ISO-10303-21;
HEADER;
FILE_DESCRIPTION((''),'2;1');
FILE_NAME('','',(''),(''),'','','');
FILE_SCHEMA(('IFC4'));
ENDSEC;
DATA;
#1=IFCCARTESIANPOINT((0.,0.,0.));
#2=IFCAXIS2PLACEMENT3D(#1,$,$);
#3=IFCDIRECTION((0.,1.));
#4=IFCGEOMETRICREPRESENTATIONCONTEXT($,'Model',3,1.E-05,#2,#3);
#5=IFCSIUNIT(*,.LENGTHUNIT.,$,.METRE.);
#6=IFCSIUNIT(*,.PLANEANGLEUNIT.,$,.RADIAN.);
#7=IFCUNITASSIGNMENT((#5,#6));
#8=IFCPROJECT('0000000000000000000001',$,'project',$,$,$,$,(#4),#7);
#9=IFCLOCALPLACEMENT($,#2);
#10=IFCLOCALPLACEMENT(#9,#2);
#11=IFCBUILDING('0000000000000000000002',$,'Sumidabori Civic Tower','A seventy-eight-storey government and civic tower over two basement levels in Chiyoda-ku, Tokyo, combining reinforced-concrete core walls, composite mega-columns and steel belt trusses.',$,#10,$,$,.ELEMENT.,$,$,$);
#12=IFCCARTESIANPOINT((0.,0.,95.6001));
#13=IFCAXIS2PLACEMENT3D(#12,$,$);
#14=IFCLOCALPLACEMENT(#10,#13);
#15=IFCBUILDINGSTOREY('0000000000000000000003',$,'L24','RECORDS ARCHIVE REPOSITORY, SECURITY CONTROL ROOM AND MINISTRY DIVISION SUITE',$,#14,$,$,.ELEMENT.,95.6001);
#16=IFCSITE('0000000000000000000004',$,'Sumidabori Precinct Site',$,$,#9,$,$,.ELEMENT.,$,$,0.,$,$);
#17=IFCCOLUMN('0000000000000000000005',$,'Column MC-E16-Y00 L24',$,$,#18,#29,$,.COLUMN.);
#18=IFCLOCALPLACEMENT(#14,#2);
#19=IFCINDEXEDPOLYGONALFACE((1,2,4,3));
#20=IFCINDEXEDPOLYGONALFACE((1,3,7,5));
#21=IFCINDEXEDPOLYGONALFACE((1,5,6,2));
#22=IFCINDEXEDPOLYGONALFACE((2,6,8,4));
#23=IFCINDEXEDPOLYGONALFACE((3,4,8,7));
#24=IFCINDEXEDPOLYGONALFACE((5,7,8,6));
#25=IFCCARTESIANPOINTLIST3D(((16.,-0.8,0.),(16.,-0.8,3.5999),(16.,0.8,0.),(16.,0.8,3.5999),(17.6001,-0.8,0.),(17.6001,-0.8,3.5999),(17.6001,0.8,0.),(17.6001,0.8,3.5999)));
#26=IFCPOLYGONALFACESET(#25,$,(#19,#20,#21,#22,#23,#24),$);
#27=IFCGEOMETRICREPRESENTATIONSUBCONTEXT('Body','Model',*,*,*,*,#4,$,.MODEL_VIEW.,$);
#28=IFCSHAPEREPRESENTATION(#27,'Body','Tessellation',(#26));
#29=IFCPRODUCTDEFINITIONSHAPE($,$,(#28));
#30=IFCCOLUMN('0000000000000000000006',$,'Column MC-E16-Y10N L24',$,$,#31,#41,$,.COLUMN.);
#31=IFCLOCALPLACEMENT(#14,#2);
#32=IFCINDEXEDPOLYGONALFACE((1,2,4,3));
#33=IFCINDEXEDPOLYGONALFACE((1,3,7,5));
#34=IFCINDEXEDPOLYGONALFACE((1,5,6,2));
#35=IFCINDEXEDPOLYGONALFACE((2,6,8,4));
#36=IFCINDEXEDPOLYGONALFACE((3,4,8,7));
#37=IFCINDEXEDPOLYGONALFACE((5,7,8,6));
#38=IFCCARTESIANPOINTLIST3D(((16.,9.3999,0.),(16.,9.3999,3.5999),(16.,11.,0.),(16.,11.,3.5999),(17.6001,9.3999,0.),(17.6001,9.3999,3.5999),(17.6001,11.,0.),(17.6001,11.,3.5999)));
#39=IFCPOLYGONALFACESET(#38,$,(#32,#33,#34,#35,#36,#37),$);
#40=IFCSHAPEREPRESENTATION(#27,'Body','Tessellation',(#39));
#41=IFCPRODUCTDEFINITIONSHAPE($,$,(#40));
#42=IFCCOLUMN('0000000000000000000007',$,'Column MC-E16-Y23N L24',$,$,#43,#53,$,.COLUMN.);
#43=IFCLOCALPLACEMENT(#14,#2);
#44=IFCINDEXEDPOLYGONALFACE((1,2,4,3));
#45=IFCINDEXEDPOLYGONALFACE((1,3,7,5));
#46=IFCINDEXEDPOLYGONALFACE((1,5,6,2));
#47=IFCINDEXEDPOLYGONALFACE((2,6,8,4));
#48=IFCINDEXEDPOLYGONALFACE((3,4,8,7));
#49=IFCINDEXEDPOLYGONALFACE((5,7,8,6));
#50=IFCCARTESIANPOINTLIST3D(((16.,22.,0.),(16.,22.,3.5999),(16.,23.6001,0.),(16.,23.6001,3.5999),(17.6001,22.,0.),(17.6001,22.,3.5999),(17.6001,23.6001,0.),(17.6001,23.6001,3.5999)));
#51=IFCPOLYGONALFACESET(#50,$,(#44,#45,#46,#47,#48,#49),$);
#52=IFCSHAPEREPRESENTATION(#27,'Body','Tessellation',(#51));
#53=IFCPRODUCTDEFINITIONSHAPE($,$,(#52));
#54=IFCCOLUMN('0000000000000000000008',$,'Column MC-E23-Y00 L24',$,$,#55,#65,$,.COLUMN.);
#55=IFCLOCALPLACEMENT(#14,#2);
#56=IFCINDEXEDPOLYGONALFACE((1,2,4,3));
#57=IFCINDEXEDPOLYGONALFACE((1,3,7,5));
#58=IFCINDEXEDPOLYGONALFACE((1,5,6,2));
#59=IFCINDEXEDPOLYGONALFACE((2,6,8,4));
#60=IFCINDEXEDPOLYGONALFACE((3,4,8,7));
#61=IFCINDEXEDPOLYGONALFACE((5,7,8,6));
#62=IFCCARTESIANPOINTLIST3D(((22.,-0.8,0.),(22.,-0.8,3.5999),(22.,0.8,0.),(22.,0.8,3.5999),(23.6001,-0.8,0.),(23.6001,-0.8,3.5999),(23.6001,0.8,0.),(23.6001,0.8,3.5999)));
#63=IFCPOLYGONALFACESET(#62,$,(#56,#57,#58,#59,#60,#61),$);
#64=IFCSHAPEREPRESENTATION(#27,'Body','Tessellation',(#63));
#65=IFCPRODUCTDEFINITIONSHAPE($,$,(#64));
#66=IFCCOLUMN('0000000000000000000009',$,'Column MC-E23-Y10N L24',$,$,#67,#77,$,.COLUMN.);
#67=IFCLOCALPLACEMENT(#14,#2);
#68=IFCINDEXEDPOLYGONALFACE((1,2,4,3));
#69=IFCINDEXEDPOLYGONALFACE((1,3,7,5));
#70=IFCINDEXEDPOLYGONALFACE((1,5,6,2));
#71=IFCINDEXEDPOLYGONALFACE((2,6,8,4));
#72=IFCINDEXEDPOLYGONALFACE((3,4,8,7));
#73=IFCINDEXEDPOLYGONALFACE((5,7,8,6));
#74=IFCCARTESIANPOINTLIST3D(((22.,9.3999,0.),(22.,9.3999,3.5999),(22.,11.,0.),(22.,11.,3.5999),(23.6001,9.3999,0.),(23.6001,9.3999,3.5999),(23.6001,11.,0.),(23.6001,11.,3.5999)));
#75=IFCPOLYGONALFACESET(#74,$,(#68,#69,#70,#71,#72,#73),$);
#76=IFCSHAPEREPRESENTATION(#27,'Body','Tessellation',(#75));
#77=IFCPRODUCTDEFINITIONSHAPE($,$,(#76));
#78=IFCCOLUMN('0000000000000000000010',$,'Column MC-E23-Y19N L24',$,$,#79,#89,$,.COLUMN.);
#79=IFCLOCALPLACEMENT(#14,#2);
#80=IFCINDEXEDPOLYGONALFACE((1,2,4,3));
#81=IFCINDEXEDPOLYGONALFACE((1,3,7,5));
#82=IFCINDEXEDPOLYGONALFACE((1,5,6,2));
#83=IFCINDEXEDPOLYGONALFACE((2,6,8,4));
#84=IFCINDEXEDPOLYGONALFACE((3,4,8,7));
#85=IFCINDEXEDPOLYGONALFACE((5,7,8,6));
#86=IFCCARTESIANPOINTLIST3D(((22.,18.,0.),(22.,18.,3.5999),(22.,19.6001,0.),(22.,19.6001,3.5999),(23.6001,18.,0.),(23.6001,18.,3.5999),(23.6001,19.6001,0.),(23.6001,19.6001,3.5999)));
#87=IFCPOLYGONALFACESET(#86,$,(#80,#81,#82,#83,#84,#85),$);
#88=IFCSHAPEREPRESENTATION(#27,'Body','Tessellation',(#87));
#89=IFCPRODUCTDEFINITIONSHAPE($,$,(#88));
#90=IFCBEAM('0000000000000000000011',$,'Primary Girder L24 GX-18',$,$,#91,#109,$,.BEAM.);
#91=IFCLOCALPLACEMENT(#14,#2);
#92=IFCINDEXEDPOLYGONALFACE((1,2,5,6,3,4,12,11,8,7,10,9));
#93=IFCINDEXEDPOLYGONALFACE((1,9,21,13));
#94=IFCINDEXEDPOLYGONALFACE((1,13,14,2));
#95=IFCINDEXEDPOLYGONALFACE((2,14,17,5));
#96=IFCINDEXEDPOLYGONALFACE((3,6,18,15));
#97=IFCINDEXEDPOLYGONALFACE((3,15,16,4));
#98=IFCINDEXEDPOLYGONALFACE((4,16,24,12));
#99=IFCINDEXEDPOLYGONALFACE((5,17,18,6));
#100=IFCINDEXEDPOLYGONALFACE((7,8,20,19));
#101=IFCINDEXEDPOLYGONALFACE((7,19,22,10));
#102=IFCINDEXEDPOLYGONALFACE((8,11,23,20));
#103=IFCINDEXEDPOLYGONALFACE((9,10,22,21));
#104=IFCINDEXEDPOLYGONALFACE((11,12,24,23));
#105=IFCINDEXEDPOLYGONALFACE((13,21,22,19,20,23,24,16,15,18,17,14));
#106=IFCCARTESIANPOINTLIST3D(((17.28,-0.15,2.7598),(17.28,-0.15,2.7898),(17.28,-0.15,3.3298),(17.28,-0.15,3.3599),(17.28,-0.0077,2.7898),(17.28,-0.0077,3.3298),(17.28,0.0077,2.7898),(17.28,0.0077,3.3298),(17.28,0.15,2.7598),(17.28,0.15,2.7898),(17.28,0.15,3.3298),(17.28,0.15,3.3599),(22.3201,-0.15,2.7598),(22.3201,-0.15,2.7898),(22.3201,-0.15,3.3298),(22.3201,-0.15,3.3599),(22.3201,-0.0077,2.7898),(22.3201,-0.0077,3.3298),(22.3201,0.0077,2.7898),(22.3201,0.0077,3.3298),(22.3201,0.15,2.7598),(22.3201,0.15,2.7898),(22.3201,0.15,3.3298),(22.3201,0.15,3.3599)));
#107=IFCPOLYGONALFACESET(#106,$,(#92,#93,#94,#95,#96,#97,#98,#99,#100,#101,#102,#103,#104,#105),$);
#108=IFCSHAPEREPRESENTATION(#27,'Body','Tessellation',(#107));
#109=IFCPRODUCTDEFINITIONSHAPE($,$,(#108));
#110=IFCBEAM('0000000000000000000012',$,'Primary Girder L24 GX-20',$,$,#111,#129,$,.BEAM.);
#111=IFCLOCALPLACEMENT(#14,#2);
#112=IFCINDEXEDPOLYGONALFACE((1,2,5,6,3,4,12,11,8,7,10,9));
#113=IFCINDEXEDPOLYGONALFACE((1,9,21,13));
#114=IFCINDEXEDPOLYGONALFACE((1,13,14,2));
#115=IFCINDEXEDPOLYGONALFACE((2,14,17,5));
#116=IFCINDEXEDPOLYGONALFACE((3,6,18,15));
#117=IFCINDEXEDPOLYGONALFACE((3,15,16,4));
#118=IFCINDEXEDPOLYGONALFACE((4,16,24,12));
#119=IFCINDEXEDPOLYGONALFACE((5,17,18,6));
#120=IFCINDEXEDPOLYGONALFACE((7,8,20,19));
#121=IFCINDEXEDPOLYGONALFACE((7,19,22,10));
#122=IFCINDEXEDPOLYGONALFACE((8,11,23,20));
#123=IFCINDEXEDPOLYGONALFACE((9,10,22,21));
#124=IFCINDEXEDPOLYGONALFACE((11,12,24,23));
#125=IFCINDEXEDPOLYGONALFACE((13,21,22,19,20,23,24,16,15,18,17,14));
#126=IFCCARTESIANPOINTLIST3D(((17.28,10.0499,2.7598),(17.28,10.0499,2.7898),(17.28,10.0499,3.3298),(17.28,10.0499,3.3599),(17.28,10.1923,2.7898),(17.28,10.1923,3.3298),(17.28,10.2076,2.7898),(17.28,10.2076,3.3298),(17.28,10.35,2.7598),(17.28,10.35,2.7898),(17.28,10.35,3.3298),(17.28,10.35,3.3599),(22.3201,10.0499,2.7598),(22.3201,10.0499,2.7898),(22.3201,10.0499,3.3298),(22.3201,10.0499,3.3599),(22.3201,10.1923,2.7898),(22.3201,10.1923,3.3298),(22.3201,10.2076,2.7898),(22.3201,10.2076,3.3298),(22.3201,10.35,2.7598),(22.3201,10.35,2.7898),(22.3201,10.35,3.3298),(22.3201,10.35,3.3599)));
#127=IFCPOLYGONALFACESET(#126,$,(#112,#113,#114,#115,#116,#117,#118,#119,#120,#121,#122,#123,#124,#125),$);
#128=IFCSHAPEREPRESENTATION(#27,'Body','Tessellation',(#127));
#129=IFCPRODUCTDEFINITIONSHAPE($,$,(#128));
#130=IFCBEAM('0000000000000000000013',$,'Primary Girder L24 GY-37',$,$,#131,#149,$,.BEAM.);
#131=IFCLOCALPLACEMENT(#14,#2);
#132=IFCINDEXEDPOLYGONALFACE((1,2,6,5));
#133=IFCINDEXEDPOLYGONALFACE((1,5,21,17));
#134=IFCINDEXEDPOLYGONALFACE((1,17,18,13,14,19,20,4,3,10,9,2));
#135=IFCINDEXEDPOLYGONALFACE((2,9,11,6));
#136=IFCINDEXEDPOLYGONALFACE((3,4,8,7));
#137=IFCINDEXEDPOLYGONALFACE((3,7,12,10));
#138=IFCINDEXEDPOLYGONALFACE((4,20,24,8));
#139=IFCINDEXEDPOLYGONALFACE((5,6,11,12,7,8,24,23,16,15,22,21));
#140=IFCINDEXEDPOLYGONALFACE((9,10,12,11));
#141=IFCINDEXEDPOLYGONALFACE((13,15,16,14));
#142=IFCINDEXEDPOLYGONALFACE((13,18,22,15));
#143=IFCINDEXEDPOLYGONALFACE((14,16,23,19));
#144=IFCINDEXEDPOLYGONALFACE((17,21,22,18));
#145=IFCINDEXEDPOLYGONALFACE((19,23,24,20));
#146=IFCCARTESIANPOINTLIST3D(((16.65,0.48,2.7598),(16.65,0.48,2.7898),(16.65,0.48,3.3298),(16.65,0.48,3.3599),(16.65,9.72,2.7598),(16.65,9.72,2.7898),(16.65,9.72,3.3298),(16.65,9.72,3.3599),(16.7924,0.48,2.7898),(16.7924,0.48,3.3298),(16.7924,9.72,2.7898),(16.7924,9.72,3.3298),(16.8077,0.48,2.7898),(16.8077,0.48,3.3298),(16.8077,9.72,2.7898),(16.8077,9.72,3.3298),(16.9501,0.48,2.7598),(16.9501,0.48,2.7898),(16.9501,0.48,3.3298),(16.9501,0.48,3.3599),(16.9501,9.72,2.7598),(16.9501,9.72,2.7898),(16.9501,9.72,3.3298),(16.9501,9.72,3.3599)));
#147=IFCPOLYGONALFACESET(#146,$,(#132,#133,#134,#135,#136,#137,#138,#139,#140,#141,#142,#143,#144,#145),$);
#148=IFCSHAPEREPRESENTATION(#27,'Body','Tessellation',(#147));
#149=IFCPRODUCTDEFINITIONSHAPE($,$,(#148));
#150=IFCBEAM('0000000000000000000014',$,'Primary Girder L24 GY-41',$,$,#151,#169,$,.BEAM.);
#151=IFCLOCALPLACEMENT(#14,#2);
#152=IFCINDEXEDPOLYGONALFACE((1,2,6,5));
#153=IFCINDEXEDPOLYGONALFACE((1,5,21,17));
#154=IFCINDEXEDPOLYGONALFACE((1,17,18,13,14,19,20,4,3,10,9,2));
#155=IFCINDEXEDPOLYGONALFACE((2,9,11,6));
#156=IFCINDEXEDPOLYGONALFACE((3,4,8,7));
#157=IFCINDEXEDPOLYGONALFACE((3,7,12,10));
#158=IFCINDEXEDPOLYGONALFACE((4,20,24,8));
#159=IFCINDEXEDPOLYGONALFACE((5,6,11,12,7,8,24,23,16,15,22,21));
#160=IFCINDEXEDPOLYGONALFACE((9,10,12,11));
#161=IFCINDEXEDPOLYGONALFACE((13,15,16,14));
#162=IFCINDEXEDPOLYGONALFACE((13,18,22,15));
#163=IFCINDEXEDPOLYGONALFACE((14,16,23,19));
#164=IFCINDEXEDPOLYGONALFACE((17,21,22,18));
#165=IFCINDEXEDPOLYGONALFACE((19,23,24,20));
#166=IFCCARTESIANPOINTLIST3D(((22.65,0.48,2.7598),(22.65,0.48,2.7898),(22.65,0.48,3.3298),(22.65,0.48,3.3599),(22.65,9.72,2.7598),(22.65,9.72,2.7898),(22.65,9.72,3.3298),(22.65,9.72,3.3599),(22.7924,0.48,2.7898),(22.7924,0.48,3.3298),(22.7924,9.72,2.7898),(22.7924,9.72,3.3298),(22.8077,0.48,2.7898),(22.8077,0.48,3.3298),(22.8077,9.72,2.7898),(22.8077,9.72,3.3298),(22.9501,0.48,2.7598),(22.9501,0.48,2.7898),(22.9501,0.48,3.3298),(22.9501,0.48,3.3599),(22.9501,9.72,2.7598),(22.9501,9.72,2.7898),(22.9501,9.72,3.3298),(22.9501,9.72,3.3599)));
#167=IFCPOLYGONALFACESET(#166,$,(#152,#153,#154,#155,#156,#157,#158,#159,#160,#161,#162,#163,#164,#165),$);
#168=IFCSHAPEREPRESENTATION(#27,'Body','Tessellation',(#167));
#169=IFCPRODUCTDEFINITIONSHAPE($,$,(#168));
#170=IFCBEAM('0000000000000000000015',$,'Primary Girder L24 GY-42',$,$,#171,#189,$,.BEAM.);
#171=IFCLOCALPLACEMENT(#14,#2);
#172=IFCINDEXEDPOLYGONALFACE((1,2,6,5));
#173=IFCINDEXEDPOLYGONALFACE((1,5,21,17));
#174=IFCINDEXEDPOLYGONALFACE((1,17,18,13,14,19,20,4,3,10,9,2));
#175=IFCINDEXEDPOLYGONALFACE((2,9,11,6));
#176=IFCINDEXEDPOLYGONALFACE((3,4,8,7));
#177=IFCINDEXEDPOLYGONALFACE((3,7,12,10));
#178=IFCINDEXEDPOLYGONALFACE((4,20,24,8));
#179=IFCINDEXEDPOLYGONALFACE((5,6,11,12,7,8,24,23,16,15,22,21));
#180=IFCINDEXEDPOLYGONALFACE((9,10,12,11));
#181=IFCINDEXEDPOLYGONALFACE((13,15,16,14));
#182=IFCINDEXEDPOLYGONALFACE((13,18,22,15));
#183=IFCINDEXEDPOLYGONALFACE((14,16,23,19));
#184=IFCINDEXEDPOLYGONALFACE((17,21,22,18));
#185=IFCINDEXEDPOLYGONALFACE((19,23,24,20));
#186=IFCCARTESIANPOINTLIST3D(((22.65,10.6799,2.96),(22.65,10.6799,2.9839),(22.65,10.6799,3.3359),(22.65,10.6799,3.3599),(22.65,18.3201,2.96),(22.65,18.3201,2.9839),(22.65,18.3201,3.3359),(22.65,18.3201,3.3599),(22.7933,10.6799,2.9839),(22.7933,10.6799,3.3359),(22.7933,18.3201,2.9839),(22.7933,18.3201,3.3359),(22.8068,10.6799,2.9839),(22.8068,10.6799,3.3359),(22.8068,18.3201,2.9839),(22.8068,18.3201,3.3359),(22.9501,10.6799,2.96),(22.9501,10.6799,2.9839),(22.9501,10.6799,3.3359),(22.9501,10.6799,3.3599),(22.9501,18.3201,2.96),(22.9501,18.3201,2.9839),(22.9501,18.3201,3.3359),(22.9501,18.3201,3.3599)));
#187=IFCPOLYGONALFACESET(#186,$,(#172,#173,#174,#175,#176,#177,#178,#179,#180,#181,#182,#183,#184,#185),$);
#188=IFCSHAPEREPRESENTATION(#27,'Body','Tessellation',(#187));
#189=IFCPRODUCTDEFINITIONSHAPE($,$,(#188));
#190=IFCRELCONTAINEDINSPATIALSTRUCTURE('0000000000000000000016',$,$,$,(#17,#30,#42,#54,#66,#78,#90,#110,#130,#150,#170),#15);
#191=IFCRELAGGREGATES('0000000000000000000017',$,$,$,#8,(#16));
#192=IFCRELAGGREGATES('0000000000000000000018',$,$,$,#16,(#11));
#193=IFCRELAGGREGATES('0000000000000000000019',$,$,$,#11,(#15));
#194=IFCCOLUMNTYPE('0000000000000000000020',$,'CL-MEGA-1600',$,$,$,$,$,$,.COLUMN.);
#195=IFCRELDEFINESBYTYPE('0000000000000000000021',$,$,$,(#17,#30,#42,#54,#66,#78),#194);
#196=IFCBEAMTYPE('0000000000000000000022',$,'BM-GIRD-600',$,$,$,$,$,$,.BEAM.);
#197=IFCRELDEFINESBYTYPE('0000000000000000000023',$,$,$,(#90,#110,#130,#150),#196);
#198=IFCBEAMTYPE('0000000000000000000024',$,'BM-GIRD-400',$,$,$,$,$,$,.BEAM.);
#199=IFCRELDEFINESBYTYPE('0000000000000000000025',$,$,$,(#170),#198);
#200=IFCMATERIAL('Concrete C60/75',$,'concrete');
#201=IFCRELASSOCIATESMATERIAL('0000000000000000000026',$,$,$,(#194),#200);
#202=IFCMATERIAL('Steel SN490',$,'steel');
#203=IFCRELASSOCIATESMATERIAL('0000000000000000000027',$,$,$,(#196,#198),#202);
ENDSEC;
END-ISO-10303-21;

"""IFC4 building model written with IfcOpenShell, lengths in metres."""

from ifc_helpers import new_model, si_unit, direction, frame, origin, origin_2d, place, context, subcontext, project, spatial, rectangle, i_section, extrude, source, transform, mapped, material, material_profile, profile_set, type_object, element, save


model = new_model("IFC4")

# Units and contexts
model_context = context("Model", 3, precision=1e-05, world=origin(), true_north=direction((0.0, 1.0)))
body_context = subcontext(model_context, "Body", "Model", "MODEL_VIEW")
ifc_project = project(units=[si_unit("LENGTHUNIT", "METRE"), si_unit("PLANEANGLEUNIT", "RADIAN")], contexts=[model_context])

# Site, building, storey
site_placement = place(None, origin())
site = spatial("IfcSite", under=ifc_project, at=site_placement, Name="Sumidabori Precinct Site", CompositionType="ELEMENT", RefElevation=0.0)
building_placement = place(site_placement, origin())
building = spatial("IfcBuilding", under=site, at=building_placement, Name="Sumidabori Civic Tower", Description="A seventy-eight-storey government and civic tower over two basement levels in Chiyoda-ku, Tokyo, combining reinforced-concrete core walls, composite mega-columns and steel belt trusses.", CompositionType="ELEMENT")
storey_placement = place(building_placement, frame((0.0, 0.0, 95.6001)))
storey = spatial("IfcBuildingStorey", under=building, at=storey_placement, Name="L24", Description="RECORDS ARCHIVE REPOSITORY, SECURITY CONTROL ROOM AND MINISTRY DIVISION SUITE", CompositionType="ELEMENT", Elevation=95.6001)

# Columns
ifc_material_1 = material(Name="Concrete C60/75", Category="concrete")
ifc_material_profile_1 = material_profile(ifc_material_1, rectangle(XDim=1.6001, YDim=1.6001, at=origin_2d()), Name="RC 1600x1600")
ifc_profile_set_1 = profile_set([ifc_material_profile_1], Name="Concrete C60/75")
column_type = type_object("IfcColumnType", Name="CL-MEGA-1600", PredefinedType="COLUMN", material=ifc_profile_set_1)
shared_shape_1 = source(origin(), body_context, "Body", "SweptSolid", [
    extrude(rectangle(XDim=1.6001, YDim=1.6001, at=origin_2d()), origin(), (0.0, 0.0, 1.0), 3.5999),
])
for number, where, z_axis, x_axis, name in (
    (1, (16.8, 0.0, 0.0), (0.0, 0.0, 1.0), (1.0, 0.0, 0.0), "Column MC-E16-Y00 L24"),
    (2, (16.8, 10.2, 0.0), (0.0, 0.0, 1.0), (1.0, 0.0, 0.0), "Column MC-E16-Y10N L24"),
    (3, (16.8, 22.8, 0.0), (0.0, 0.0, 1.0), (1.0, 0.0, 0.0), "Column MC-E16-Y23N L24"),
    (4, (22.8, 0.0, 0.0), (0.0, 0.0, 1.0), (1.0, 0.0, 0.0), "Column MC-E23-Y00 L24"),
    (5, (22.8, 10.2, 0.0), (0.0, 0.0, 1.0), (1.0, 0.0, 0.0), "Column MC-E23-Y10N L24"),
    (6, (22.8, 18.8, 0.0), (0.0, 0.0, 1.0), (1.0, 0.0, 0.0), "Column MC-E23-Y19N L24"),
):
    element("IfcColumn", number, at=place(storey_placement, frame(where, z_axis=z_axis, x_axis=x_axis)), inside=storey, type_object=column_type, Name=name, PredefinedType="COLUMN", context=body_context, shape_type="MappedRepresentation", body=[
        mapped(shared_shape_1, transform((0.0, 0.0, 0.0), x_axis=(1.0, 0.0, 0.0), y_axis=(0.0, 1.0, 0.0), z_axis=(0.0, 0.0, 1.0), scale=1.0)),
    ])

# Beams
ifc_material_2 = material(Name="Steel SN490", Category="steel")
ifc_material_profile_2 = material_profile(ifc_material_2, i_section(OverallWidth=0.3, OverallDepth=0.6001, WebThickness=0.0154, FlangeThickness=0.03, at=origin_2d()), Name="HE 600 B")
ifc_profile_set_2 = profile_set([ifc_material_profile_2], Name="Steel SN490")
beam_type_1 = type_object("IfcBeamType", Name="BM-GIRD-600", PredefinedType="BEAM", material=ifc_profile_set_2)
shared_shape_2 = source(origin(), body_context, "Body", "SweptSolid", [
    extrude(i_section(OverallWidth=0.3, OverallDepth=0.6001, WebThickness=0.0154, FlangeThickness=0.03, at=origin_2d()), origin(), (0.0, 0.0, 1.0), 5.04),
])
for number, where, z_axis, x_axis, name in (
    (7, (17.28, 0.0, 3.0598), (1.0, 0.0, 0.0), (0.0, 1.0, 0.0), "Primary Girder L24 GX-18"),
    (8, (17.28, 10.2, 3.0598), (1.0, 0.0, 0.0), (0.0, 1.0, 0.0), "Primary Girder L24 GX-20"),
):
    element("IfcBeam", number, at=place(storey_placement, frame(where, z_axis=z_axis, x_axis=x_axis)), inside=storey, type_object=beam_type_1, Name=name, PredefinedType="BEAM", context=body_context, shape_type="MappedRepresentation", body=[
        mapped(shared_shape_2, transform((0.0, 0.0, 0.0), x_axis=(1.0, 0.0, 0.0), y_axis=(0.0, 1.0, 0.0), z_axis=(0.0, 0.0, 1.0), scale=1.0)),
    ])
shared_shape_3 = source(origin(), body_context, "Body", "SweptSolid", [
    extrude(i_section(OverallWidth=0.3, OverallDepth=0.6001, WebThickness=0.0154, FlangeThickness=0.03, at=origin_2d()), origin(), (0.0, 0.0, 1.0), 9.24),
])
for number, where, z_axis, x_axis, name in (
    (9, (16.8, 0.48, 3.0598), (0.0, 1.0, 0.0), (-1.0, 0.0, 0.0), "Primary Girder L24 GY-37"),
    (10, (22.8, 0.48, 3.0598), (0.0, 1.0, 0.0), (-1.0, 0.0, 0.0), "Primary Girder L24 GY-41"),
):
    element("IfcBeam", number, at=place(storey_placement, frame(where, z_axis=z_axis, x_axis=x_axis)), inside=storey, type_object=beam_type_1, Name=name, PredefinedType="BEAM", context=body_context, shape_type="MappedRepresentation", body=[
        mapped(shared_shape_3, transform((0.0, 0.0, 0.0), x_axis=(1.0, 0.0, 0.0), y_axis=(0.0, 1.0, 0.0), z_axis=(0.0, 0.0, 1.0), scale=1.0)),
    ])
ifc_material_profile_3 = material_profile(ifc_material_2, i_section(OverallWidth=0.3, OverallDepth=0.3999, WebThickness=0.0134, FlangeThickness=0.0239, at=origin_2d()), Name="HE 400 B")
ifc_profile_set_3 = profile_set([ifc_material_profile_3], Name="Steel SN490")
beam_type_2 = type_object("IfcBeamType", Name="BM-GIRD-400", PredefinedType="BEAM", material=ifc_profile_set_3)
shared_shape_4 = source(origin(), body_context, "Body", "SweptSolid", [
    extrude(i_section(OverallWidth=0.3, OverallDepth=0.3999, WebThickness=0.0134, FlangeThickness=0.0239, at=origin_2d()), origin(), (0.0, 0.0, 1.0), 7.6401),
])
beam_1_placement = place(storey_placement, frame((22.8, 10.6799, 3.1599), z_axis=(0.0, 1.0, 0.0), x_axis=(-1.0, 0.0, 0.0)))
element("IfcBeam", 11, at=beam_1_placement, inside=storey, type_object=beam_type_2, Name="Primary Girder L24 GY-42", PredefinedType="BEAM", context=body_context, shape_type="MappedRepresentation", body=[
    mapped(shared_shape_4, transform((0.0, 0.0, 0.0), x_axis=(1.0, 0.0, 0.0), y_axis=(0.0, 1.0, 0.0), z_axis=(0.0, 0.0, 1.0), scale=1.0)),
])

save(model, "model.ifc")
